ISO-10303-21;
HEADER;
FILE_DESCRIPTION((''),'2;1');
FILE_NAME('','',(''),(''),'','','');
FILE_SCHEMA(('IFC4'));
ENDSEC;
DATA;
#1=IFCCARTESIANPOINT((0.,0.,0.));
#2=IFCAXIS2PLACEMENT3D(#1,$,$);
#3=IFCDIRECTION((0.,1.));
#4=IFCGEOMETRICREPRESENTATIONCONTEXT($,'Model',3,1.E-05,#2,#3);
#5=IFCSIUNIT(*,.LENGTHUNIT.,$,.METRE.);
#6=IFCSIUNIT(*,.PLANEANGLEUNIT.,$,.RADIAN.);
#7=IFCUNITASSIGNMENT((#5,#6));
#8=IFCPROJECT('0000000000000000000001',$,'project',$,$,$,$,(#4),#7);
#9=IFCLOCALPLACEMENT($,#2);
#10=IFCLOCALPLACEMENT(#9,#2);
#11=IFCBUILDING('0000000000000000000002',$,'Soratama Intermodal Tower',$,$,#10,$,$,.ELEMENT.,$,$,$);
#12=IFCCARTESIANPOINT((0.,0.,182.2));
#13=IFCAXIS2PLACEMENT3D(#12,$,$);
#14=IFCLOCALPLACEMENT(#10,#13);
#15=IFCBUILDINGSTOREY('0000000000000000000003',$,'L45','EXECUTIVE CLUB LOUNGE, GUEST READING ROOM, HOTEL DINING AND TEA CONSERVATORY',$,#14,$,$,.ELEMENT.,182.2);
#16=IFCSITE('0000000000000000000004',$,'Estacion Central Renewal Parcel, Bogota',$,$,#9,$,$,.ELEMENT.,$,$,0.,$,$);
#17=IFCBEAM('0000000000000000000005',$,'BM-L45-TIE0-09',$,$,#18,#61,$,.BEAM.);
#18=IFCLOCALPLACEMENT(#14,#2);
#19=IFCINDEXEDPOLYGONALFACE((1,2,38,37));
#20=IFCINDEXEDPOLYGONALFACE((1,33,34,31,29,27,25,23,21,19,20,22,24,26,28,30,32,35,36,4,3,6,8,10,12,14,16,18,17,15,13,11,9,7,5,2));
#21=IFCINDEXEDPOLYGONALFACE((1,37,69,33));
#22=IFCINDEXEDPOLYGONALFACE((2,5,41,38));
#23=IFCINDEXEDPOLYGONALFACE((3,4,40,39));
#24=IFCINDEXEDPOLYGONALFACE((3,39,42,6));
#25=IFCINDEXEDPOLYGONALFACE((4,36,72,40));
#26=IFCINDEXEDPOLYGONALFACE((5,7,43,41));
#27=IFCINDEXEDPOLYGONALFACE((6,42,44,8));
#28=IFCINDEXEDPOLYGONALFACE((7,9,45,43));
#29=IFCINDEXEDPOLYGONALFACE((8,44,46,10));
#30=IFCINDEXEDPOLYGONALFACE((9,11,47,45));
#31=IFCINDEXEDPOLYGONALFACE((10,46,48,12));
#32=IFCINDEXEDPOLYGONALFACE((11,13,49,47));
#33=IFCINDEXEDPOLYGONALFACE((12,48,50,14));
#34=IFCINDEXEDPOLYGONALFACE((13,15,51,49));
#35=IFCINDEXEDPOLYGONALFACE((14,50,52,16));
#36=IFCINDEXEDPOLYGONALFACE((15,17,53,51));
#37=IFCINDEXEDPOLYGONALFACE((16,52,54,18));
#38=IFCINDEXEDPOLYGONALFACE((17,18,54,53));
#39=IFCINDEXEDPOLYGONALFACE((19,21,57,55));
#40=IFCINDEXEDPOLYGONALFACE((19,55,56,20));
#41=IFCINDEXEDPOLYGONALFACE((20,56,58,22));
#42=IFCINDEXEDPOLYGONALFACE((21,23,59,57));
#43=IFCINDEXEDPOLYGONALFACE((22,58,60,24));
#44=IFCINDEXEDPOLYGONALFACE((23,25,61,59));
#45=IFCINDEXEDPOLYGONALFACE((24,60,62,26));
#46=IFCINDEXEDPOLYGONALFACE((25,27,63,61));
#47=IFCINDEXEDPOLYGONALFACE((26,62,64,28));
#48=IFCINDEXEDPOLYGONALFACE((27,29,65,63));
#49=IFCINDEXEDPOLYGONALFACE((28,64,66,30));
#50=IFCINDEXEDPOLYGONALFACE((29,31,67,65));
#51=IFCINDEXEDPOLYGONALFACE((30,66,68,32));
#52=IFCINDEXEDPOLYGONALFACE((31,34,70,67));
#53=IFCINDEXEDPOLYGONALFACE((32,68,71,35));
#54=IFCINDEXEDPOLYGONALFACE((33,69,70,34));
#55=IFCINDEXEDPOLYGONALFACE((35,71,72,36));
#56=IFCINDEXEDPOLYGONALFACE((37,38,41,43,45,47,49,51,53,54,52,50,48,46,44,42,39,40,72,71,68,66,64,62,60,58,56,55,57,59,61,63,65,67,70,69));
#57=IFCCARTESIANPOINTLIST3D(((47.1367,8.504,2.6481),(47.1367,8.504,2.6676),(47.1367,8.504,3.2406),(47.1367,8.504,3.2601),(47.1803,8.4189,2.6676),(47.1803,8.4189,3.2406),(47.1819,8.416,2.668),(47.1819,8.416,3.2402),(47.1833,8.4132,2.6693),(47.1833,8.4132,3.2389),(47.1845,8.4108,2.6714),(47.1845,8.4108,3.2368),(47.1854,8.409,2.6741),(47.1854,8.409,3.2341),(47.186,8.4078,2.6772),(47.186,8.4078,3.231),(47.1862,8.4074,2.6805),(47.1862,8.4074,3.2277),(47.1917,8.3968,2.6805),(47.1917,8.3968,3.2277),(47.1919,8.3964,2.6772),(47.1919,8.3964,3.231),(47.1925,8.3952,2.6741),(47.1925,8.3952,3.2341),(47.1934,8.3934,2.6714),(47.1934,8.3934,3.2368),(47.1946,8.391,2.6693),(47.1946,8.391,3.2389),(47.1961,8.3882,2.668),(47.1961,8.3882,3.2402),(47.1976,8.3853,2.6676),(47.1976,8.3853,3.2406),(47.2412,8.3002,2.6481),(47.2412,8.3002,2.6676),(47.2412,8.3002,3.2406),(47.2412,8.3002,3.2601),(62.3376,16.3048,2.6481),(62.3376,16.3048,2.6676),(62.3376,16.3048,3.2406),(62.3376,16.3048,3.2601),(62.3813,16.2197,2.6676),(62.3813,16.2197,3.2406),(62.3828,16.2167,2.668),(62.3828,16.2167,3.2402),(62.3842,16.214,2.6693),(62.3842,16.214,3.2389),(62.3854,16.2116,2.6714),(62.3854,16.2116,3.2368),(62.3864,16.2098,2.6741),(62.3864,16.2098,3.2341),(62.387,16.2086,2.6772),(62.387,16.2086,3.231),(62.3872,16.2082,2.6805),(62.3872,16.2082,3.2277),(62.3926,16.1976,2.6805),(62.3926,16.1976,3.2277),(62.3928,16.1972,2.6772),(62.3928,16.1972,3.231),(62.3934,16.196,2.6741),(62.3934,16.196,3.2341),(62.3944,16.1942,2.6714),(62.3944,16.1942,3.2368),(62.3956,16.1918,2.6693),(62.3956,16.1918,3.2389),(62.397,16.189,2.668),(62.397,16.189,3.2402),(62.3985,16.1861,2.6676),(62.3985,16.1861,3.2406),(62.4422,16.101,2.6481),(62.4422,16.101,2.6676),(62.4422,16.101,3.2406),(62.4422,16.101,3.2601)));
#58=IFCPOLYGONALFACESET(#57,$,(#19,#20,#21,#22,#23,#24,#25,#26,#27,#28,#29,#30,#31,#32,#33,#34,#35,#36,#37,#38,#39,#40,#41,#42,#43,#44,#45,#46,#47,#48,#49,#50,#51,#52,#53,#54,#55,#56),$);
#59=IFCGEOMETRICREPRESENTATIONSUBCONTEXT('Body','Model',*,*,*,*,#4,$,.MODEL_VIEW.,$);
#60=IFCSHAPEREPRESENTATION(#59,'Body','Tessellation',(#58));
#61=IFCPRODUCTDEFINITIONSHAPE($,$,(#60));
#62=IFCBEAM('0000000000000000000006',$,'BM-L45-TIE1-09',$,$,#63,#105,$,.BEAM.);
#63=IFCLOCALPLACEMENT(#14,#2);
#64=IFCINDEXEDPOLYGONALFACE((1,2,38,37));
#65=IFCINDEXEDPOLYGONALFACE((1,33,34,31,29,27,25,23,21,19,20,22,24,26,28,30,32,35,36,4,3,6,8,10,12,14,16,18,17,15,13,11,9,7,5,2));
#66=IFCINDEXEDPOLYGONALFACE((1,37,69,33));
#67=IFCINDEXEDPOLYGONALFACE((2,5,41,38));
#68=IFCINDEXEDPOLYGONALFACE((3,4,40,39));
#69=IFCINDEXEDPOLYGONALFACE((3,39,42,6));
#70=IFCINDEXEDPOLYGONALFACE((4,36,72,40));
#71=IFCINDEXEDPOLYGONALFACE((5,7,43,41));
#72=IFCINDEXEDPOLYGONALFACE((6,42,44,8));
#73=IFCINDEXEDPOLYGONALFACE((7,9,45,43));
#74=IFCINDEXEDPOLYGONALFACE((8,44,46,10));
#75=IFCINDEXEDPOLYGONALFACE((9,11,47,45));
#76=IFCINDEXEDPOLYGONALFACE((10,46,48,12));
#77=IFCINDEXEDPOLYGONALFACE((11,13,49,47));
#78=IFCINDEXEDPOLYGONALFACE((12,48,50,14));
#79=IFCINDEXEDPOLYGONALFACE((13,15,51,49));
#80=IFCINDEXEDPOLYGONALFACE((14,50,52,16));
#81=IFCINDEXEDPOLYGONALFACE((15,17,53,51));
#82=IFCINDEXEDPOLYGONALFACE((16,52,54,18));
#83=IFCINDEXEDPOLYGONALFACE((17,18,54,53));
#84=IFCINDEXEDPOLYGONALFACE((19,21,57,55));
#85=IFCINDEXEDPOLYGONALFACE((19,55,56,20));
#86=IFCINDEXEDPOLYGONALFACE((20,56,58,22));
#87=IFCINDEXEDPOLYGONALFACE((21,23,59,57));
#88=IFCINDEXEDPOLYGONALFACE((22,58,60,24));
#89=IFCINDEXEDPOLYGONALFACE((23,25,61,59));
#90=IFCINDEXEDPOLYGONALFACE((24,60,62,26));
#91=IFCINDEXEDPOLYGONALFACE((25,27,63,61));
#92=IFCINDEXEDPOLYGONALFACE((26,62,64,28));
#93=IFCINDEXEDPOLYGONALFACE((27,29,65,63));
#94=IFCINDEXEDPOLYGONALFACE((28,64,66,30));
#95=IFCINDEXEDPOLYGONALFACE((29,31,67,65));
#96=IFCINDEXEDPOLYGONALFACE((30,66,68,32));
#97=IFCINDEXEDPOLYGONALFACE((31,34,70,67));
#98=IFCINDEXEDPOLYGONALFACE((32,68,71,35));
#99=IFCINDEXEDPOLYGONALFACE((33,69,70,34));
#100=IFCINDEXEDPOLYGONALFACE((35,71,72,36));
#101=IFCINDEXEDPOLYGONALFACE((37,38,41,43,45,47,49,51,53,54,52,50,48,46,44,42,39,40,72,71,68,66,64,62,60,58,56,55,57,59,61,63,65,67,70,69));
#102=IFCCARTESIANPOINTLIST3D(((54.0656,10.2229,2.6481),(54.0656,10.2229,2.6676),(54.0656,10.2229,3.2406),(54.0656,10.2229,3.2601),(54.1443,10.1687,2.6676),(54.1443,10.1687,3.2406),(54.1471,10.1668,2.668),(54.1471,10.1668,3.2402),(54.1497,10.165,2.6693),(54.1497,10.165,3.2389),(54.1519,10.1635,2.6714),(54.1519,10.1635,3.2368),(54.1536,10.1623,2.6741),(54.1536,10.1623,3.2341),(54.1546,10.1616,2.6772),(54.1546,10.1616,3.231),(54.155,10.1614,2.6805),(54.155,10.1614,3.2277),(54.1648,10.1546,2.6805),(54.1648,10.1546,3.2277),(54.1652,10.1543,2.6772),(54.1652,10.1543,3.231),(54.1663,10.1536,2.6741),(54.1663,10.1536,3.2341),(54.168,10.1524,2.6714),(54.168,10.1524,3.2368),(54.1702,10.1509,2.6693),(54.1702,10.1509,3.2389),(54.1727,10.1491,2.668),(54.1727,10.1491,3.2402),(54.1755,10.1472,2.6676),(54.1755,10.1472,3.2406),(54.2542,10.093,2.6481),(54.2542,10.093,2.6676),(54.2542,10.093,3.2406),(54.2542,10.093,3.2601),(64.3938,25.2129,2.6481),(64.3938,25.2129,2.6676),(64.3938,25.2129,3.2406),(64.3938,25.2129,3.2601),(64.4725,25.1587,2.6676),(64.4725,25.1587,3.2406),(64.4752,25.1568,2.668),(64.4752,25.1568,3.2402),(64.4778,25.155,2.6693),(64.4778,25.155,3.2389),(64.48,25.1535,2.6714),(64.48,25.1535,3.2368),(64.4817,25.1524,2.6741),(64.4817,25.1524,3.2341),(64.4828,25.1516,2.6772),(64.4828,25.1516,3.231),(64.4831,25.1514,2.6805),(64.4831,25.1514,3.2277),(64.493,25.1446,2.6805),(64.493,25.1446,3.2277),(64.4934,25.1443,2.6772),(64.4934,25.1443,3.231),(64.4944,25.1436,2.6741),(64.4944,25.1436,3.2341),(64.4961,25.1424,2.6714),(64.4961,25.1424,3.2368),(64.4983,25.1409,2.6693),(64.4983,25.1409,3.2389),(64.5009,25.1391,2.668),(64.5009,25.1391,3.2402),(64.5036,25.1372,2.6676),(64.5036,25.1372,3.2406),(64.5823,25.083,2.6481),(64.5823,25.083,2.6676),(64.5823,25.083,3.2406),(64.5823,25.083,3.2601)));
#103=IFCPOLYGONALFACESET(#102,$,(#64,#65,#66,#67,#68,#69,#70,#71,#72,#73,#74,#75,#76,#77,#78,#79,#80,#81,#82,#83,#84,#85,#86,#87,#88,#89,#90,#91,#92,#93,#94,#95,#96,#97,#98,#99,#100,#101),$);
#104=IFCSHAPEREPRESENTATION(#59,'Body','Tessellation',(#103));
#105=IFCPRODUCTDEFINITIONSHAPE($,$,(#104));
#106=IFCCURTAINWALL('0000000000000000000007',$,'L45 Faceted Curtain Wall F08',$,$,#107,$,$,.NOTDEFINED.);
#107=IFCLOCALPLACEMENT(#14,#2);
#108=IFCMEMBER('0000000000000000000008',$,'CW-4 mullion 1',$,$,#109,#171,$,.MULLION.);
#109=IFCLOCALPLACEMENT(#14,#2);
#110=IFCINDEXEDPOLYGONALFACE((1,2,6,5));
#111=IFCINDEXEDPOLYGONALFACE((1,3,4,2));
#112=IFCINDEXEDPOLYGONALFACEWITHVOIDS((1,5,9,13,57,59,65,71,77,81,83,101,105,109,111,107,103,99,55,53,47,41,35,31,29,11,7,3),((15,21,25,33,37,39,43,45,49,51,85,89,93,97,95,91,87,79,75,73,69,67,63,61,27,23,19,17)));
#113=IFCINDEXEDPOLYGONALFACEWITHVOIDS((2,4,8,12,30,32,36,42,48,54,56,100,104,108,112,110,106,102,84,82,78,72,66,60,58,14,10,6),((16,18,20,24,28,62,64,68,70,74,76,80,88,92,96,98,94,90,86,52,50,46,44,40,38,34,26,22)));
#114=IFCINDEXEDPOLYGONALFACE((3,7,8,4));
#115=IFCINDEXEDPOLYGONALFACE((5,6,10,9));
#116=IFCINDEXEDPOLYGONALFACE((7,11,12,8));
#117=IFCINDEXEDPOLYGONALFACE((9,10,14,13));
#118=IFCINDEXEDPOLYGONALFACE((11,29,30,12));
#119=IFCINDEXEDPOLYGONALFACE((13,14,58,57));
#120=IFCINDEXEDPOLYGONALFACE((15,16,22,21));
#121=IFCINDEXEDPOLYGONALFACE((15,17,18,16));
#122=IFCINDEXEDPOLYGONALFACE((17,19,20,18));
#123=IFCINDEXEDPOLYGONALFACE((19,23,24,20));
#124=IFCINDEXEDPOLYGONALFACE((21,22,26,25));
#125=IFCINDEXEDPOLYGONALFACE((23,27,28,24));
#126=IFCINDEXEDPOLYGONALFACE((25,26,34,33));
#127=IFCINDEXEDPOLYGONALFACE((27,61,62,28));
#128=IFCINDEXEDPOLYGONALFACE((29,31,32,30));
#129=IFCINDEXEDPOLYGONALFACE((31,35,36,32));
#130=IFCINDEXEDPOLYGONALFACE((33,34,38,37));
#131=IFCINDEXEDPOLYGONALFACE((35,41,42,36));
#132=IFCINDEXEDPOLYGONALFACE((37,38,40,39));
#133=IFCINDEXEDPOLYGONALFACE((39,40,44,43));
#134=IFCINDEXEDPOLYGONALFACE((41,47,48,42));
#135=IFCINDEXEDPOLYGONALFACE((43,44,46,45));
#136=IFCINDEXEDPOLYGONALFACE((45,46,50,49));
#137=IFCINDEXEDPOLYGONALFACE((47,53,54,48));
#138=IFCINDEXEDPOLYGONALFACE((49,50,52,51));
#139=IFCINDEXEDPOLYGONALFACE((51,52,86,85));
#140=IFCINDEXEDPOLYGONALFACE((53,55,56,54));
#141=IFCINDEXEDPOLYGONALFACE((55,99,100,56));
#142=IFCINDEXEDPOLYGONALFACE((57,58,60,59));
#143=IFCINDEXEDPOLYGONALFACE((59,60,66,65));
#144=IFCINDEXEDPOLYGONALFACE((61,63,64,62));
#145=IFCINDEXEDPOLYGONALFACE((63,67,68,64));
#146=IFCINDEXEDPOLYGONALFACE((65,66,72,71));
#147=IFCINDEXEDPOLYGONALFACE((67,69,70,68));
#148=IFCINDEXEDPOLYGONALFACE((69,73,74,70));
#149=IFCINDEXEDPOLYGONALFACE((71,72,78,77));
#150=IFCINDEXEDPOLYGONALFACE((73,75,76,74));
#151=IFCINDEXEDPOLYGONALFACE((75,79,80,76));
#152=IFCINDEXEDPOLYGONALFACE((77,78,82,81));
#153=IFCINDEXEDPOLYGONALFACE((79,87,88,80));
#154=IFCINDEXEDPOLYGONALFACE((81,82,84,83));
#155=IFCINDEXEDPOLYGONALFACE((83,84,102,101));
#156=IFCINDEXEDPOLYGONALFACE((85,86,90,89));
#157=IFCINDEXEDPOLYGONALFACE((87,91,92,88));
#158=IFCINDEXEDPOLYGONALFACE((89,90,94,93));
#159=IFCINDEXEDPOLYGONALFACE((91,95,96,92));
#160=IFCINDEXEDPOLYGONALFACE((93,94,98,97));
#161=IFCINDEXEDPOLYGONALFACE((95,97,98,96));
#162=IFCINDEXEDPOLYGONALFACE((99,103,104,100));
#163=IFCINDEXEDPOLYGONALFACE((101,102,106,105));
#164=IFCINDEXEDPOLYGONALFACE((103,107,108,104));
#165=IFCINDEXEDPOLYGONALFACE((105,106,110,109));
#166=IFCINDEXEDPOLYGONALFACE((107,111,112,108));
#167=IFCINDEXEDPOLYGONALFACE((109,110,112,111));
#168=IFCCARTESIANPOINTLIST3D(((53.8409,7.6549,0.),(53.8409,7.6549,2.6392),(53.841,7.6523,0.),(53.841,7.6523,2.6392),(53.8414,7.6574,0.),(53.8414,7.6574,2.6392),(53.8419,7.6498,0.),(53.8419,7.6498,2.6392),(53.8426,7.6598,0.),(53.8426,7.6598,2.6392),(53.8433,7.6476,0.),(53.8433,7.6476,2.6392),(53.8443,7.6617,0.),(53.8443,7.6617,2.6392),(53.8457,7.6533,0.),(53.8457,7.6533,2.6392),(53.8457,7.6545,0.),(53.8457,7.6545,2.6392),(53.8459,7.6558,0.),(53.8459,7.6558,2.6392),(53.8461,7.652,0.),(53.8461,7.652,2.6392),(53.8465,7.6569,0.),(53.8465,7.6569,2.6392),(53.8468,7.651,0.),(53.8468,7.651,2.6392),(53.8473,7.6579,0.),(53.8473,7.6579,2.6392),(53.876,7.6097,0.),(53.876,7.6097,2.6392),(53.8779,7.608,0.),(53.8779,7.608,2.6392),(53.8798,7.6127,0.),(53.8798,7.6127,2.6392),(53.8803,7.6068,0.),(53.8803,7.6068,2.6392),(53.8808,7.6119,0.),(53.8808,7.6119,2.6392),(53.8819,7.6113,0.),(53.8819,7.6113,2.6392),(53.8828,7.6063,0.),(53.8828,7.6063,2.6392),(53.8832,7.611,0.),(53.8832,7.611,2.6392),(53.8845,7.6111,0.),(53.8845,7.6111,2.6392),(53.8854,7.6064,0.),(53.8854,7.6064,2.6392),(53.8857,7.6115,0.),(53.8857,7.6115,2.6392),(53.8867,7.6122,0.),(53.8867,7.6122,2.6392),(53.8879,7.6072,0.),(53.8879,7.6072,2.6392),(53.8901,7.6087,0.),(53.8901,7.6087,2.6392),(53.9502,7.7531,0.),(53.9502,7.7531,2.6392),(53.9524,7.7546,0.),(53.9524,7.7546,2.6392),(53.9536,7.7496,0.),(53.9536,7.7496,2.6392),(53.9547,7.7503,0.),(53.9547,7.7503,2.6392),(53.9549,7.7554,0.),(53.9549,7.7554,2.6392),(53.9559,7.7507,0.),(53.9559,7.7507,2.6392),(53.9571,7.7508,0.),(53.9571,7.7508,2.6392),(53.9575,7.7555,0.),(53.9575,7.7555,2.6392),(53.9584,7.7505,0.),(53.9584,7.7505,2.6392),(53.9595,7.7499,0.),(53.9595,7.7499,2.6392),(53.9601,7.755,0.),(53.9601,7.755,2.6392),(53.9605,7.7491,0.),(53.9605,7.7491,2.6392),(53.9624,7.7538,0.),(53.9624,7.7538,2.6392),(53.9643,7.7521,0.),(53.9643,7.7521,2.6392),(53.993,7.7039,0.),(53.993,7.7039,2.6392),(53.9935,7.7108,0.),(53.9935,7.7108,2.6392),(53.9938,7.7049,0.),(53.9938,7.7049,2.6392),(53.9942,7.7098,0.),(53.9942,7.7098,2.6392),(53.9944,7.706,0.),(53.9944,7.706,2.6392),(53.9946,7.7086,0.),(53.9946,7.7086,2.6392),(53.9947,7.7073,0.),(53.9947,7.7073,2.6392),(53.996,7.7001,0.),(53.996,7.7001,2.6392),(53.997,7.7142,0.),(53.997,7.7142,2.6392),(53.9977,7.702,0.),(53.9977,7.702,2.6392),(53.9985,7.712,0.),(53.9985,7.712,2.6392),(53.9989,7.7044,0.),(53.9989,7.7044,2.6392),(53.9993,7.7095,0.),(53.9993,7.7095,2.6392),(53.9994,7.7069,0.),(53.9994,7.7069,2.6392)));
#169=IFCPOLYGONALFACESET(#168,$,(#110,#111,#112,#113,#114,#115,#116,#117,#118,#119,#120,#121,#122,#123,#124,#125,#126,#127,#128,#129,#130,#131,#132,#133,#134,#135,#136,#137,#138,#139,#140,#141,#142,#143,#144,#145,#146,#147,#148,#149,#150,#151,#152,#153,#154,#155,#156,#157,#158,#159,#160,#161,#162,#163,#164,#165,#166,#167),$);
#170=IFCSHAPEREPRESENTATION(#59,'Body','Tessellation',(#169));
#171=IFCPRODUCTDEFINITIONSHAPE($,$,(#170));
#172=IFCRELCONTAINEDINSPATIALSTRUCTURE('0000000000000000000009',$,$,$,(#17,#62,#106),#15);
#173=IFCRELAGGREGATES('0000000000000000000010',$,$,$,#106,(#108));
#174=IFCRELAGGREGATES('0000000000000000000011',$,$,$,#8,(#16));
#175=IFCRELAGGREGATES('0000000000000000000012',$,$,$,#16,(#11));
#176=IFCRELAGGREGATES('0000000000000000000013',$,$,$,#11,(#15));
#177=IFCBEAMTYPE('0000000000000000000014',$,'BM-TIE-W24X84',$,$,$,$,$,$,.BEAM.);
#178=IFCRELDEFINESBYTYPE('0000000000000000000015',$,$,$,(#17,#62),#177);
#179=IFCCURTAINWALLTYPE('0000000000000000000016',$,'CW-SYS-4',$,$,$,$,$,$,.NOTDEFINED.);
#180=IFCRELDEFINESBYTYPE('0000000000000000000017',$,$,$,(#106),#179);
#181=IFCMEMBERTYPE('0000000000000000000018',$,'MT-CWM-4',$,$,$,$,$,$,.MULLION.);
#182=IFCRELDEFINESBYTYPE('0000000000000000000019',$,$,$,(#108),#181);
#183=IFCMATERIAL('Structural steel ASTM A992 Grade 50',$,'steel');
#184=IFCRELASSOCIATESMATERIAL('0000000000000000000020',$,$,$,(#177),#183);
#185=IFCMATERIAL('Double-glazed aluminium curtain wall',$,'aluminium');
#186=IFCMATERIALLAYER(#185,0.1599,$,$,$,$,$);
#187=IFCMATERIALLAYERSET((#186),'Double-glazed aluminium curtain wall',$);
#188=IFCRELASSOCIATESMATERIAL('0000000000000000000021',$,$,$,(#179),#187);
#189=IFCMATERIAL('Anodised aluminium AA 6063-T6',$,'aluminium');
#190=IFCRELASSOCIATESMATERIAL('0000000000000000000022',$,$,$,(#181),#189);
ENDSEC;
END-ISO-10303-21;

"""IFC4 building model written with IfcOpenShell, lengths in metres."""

from ifc_helpers import new_model, si_unit, direction, frame, origin, origin_2d, place, context, subcontext, project, spatial, hollow_rectangle, i_section, extrude, material, layer, layer_set, material_profile, profile_set, type_object, element, aggregate, save


model = new_model("IFC4")

# Units and contexts
model_context = context("Model", 3, precision=1e-05, world=origin(), true_north=direction((0.0, 1.0)))
body_context = subcontext(model_context, "Body", "Model", "MODEL_VIEW")
ifc_project = project(units=[si_unit("LENGTHUNIT", "METRE"), si_unit("PLANEANGLEUNIT", "RADIAN")], contexts=[model_context])

# Site, building, storey
site_placement = place(None, origin())
site = spatial("IfcSite", under=ifc_project, at=site_placement, Name="Estacion Central Renewal Parcel, Bogota", CompositionType="ELEMENT", RefElevation=0.0)
building_placement = place(site_placement, origin())
building = spatial("IfcBuilding", under=site, at=building_placement, Name="Soratama Intermodal Tower", CompositionType="ELEMENT")
storey_placement = place(building_placement, frame((0.0, 0.0, 182.2)))
storey = spatial("IfcBuildingStorey", under=building, at=storey_placement, Name="L45", Description="EXECUTIVE CLUB LOUNGE, GUEST READING ROOM, HOTEL DINING AND TEA CONSERVATORY", CompositionType="ELEMENT", Elevation=182.2)

# Beams
ifc_material_1 = material(Name="Structural steel ASTM A992 Grade 50", Category="steel")
ifc_material_profile_1 = material_profile(ifc_material_1, i_section(OverallWidth=0.229, OverallDepth=0.6121, WebThickness=0.012, FlangeThickness=0.0195, FilletRadius=0.0129, at=origin_2d()), Name="W24X84")
ifc_profile_set_1 = profile_set([ifc_material_profile_1], Name="Structural steel ASTM A992 Grade 50")
beam_type_1 = type_object("IfcBeamType", Name="BM-TIE-W24X84", PredefinedType="BEAM", material=ifc_profile_set_1)
beam_1_placement = place(storey_placement, frame((47.189, 8.4021, 2.9541), z_axis=(0.889688, 0.456568, 0.0), x_axis=(-0.456568, 0.889688, 0.0)))
element("IfcBeam", 1, at=beam_1_placement, inside=storey, type_object=beam_type_1, Name="BM-L45-TIE0-09", PredefinedType="BEAM", context=body_context, shape_type="SweptSolid", body=[
    extrude(i_section(OverallWidth=0.229, OverallDepth=0.6121, WebThickness=0.012, FlangeThickness=0.0195, FilletRadius=0.0129, at=origin_2d()), origin(), (0.0, 0.0, 1.0), 17.0857),
])
beam_2_placement = place(storey_placement, frame((54.1599, 10.158, 2.9541), z_axis=(0.567368, 0.823464, 0.0), x_axis=(-0.823464, 0.567368, 0.0)))
element("IfcBeam", 2, at=beam_2_placement, inside=storey, type_object=beam_type_1, Name="BM-L45-TIE1-09", PredefinedType="BEAM", context=body_context, shape_type="SweptSolid", body=[
    extrude(i_section(OverallWidth=0.229, OverallDepth=0.6121, WebThickness=0.012, FlangeThickness=0.0195, FilletRadius=0.0129, at=origin_2d()), origin(), (0.0, 0.0, 1.0), 18.2036),
])

# Curtain wall, member
ifc_material_2 = material(Name="Double-glazed aluminium curtain wall", Category="aluminium")
ifc_layer_1 = layer(ifc_material_2, 0.1599)
ifc_layer_set_1 = layer_set([ifc_layer_1], Name="Double-glazed aluminium curtain wall")
curtain_wall_type = type_object("IfcCurtainWallType", Name="CW-SYS-4", PredefinedType="NOTDEFINED", material=ifc_layer_set_1)
curtain_wall_placement = place(storey_placement, origin())
curtain_wall = element("IfcCurtainWall", 3, at=curtain_wall_placement, inside=storey, type_object=curtain_wall_type, Name="L45 Faceted Curtain Wall F08", PredefinedType="NOTDEFINED")
ifc_material_3 = material(Name="Anodised aluminium AA 6063-T6", Category="aluminium")
ifc_material_profile_2 = material_profile(ifc_material_3, hollow_rectangle(XDim=0.0701, YDim=0.1599, WallThickness=0.0049, InnerFilletRadius=0.0049, OuterFilletRadius=0.01, at=origin_2d()), Name="CWM160X70X5")
ifc_profile_set_2 = profile_set([ifc_material_profile_2], Name="Anodised aluminium AA 6063-T6")
member_type_1 = type_object("IfcMemberType", Name="MT-CWM-4", PredefinedType="MULLION", material=ifc_profile_set_2)
member_1_placement = place(storey_placement, frame((53.9202, 7.6809, 0.0), z_axis=(0.0, 0.0, 1.0), x_axis=(-0.653423, 0.756993, 0.0)))
member_1 = element("IfcMember", 4, at=member_1_placement, type_object=member_type_1, Name="CW-4 mullion 1", PredefinedType="MULLION", context=body_context, shape_type="SweptSolid", body=[
    extrude(hollow_rectangle(XDim=0.0701, YDim=0.1599, WallThickness=0.0049, InnerFilletRadius=0.0049, OuterFilletRadius=0.01, at=origin_2d()), origin(), (0.0, 0.0, 1.0), 2.6392),
])
aggregate(curtain_wall, [member_1])

save(model, "model.ifc")
